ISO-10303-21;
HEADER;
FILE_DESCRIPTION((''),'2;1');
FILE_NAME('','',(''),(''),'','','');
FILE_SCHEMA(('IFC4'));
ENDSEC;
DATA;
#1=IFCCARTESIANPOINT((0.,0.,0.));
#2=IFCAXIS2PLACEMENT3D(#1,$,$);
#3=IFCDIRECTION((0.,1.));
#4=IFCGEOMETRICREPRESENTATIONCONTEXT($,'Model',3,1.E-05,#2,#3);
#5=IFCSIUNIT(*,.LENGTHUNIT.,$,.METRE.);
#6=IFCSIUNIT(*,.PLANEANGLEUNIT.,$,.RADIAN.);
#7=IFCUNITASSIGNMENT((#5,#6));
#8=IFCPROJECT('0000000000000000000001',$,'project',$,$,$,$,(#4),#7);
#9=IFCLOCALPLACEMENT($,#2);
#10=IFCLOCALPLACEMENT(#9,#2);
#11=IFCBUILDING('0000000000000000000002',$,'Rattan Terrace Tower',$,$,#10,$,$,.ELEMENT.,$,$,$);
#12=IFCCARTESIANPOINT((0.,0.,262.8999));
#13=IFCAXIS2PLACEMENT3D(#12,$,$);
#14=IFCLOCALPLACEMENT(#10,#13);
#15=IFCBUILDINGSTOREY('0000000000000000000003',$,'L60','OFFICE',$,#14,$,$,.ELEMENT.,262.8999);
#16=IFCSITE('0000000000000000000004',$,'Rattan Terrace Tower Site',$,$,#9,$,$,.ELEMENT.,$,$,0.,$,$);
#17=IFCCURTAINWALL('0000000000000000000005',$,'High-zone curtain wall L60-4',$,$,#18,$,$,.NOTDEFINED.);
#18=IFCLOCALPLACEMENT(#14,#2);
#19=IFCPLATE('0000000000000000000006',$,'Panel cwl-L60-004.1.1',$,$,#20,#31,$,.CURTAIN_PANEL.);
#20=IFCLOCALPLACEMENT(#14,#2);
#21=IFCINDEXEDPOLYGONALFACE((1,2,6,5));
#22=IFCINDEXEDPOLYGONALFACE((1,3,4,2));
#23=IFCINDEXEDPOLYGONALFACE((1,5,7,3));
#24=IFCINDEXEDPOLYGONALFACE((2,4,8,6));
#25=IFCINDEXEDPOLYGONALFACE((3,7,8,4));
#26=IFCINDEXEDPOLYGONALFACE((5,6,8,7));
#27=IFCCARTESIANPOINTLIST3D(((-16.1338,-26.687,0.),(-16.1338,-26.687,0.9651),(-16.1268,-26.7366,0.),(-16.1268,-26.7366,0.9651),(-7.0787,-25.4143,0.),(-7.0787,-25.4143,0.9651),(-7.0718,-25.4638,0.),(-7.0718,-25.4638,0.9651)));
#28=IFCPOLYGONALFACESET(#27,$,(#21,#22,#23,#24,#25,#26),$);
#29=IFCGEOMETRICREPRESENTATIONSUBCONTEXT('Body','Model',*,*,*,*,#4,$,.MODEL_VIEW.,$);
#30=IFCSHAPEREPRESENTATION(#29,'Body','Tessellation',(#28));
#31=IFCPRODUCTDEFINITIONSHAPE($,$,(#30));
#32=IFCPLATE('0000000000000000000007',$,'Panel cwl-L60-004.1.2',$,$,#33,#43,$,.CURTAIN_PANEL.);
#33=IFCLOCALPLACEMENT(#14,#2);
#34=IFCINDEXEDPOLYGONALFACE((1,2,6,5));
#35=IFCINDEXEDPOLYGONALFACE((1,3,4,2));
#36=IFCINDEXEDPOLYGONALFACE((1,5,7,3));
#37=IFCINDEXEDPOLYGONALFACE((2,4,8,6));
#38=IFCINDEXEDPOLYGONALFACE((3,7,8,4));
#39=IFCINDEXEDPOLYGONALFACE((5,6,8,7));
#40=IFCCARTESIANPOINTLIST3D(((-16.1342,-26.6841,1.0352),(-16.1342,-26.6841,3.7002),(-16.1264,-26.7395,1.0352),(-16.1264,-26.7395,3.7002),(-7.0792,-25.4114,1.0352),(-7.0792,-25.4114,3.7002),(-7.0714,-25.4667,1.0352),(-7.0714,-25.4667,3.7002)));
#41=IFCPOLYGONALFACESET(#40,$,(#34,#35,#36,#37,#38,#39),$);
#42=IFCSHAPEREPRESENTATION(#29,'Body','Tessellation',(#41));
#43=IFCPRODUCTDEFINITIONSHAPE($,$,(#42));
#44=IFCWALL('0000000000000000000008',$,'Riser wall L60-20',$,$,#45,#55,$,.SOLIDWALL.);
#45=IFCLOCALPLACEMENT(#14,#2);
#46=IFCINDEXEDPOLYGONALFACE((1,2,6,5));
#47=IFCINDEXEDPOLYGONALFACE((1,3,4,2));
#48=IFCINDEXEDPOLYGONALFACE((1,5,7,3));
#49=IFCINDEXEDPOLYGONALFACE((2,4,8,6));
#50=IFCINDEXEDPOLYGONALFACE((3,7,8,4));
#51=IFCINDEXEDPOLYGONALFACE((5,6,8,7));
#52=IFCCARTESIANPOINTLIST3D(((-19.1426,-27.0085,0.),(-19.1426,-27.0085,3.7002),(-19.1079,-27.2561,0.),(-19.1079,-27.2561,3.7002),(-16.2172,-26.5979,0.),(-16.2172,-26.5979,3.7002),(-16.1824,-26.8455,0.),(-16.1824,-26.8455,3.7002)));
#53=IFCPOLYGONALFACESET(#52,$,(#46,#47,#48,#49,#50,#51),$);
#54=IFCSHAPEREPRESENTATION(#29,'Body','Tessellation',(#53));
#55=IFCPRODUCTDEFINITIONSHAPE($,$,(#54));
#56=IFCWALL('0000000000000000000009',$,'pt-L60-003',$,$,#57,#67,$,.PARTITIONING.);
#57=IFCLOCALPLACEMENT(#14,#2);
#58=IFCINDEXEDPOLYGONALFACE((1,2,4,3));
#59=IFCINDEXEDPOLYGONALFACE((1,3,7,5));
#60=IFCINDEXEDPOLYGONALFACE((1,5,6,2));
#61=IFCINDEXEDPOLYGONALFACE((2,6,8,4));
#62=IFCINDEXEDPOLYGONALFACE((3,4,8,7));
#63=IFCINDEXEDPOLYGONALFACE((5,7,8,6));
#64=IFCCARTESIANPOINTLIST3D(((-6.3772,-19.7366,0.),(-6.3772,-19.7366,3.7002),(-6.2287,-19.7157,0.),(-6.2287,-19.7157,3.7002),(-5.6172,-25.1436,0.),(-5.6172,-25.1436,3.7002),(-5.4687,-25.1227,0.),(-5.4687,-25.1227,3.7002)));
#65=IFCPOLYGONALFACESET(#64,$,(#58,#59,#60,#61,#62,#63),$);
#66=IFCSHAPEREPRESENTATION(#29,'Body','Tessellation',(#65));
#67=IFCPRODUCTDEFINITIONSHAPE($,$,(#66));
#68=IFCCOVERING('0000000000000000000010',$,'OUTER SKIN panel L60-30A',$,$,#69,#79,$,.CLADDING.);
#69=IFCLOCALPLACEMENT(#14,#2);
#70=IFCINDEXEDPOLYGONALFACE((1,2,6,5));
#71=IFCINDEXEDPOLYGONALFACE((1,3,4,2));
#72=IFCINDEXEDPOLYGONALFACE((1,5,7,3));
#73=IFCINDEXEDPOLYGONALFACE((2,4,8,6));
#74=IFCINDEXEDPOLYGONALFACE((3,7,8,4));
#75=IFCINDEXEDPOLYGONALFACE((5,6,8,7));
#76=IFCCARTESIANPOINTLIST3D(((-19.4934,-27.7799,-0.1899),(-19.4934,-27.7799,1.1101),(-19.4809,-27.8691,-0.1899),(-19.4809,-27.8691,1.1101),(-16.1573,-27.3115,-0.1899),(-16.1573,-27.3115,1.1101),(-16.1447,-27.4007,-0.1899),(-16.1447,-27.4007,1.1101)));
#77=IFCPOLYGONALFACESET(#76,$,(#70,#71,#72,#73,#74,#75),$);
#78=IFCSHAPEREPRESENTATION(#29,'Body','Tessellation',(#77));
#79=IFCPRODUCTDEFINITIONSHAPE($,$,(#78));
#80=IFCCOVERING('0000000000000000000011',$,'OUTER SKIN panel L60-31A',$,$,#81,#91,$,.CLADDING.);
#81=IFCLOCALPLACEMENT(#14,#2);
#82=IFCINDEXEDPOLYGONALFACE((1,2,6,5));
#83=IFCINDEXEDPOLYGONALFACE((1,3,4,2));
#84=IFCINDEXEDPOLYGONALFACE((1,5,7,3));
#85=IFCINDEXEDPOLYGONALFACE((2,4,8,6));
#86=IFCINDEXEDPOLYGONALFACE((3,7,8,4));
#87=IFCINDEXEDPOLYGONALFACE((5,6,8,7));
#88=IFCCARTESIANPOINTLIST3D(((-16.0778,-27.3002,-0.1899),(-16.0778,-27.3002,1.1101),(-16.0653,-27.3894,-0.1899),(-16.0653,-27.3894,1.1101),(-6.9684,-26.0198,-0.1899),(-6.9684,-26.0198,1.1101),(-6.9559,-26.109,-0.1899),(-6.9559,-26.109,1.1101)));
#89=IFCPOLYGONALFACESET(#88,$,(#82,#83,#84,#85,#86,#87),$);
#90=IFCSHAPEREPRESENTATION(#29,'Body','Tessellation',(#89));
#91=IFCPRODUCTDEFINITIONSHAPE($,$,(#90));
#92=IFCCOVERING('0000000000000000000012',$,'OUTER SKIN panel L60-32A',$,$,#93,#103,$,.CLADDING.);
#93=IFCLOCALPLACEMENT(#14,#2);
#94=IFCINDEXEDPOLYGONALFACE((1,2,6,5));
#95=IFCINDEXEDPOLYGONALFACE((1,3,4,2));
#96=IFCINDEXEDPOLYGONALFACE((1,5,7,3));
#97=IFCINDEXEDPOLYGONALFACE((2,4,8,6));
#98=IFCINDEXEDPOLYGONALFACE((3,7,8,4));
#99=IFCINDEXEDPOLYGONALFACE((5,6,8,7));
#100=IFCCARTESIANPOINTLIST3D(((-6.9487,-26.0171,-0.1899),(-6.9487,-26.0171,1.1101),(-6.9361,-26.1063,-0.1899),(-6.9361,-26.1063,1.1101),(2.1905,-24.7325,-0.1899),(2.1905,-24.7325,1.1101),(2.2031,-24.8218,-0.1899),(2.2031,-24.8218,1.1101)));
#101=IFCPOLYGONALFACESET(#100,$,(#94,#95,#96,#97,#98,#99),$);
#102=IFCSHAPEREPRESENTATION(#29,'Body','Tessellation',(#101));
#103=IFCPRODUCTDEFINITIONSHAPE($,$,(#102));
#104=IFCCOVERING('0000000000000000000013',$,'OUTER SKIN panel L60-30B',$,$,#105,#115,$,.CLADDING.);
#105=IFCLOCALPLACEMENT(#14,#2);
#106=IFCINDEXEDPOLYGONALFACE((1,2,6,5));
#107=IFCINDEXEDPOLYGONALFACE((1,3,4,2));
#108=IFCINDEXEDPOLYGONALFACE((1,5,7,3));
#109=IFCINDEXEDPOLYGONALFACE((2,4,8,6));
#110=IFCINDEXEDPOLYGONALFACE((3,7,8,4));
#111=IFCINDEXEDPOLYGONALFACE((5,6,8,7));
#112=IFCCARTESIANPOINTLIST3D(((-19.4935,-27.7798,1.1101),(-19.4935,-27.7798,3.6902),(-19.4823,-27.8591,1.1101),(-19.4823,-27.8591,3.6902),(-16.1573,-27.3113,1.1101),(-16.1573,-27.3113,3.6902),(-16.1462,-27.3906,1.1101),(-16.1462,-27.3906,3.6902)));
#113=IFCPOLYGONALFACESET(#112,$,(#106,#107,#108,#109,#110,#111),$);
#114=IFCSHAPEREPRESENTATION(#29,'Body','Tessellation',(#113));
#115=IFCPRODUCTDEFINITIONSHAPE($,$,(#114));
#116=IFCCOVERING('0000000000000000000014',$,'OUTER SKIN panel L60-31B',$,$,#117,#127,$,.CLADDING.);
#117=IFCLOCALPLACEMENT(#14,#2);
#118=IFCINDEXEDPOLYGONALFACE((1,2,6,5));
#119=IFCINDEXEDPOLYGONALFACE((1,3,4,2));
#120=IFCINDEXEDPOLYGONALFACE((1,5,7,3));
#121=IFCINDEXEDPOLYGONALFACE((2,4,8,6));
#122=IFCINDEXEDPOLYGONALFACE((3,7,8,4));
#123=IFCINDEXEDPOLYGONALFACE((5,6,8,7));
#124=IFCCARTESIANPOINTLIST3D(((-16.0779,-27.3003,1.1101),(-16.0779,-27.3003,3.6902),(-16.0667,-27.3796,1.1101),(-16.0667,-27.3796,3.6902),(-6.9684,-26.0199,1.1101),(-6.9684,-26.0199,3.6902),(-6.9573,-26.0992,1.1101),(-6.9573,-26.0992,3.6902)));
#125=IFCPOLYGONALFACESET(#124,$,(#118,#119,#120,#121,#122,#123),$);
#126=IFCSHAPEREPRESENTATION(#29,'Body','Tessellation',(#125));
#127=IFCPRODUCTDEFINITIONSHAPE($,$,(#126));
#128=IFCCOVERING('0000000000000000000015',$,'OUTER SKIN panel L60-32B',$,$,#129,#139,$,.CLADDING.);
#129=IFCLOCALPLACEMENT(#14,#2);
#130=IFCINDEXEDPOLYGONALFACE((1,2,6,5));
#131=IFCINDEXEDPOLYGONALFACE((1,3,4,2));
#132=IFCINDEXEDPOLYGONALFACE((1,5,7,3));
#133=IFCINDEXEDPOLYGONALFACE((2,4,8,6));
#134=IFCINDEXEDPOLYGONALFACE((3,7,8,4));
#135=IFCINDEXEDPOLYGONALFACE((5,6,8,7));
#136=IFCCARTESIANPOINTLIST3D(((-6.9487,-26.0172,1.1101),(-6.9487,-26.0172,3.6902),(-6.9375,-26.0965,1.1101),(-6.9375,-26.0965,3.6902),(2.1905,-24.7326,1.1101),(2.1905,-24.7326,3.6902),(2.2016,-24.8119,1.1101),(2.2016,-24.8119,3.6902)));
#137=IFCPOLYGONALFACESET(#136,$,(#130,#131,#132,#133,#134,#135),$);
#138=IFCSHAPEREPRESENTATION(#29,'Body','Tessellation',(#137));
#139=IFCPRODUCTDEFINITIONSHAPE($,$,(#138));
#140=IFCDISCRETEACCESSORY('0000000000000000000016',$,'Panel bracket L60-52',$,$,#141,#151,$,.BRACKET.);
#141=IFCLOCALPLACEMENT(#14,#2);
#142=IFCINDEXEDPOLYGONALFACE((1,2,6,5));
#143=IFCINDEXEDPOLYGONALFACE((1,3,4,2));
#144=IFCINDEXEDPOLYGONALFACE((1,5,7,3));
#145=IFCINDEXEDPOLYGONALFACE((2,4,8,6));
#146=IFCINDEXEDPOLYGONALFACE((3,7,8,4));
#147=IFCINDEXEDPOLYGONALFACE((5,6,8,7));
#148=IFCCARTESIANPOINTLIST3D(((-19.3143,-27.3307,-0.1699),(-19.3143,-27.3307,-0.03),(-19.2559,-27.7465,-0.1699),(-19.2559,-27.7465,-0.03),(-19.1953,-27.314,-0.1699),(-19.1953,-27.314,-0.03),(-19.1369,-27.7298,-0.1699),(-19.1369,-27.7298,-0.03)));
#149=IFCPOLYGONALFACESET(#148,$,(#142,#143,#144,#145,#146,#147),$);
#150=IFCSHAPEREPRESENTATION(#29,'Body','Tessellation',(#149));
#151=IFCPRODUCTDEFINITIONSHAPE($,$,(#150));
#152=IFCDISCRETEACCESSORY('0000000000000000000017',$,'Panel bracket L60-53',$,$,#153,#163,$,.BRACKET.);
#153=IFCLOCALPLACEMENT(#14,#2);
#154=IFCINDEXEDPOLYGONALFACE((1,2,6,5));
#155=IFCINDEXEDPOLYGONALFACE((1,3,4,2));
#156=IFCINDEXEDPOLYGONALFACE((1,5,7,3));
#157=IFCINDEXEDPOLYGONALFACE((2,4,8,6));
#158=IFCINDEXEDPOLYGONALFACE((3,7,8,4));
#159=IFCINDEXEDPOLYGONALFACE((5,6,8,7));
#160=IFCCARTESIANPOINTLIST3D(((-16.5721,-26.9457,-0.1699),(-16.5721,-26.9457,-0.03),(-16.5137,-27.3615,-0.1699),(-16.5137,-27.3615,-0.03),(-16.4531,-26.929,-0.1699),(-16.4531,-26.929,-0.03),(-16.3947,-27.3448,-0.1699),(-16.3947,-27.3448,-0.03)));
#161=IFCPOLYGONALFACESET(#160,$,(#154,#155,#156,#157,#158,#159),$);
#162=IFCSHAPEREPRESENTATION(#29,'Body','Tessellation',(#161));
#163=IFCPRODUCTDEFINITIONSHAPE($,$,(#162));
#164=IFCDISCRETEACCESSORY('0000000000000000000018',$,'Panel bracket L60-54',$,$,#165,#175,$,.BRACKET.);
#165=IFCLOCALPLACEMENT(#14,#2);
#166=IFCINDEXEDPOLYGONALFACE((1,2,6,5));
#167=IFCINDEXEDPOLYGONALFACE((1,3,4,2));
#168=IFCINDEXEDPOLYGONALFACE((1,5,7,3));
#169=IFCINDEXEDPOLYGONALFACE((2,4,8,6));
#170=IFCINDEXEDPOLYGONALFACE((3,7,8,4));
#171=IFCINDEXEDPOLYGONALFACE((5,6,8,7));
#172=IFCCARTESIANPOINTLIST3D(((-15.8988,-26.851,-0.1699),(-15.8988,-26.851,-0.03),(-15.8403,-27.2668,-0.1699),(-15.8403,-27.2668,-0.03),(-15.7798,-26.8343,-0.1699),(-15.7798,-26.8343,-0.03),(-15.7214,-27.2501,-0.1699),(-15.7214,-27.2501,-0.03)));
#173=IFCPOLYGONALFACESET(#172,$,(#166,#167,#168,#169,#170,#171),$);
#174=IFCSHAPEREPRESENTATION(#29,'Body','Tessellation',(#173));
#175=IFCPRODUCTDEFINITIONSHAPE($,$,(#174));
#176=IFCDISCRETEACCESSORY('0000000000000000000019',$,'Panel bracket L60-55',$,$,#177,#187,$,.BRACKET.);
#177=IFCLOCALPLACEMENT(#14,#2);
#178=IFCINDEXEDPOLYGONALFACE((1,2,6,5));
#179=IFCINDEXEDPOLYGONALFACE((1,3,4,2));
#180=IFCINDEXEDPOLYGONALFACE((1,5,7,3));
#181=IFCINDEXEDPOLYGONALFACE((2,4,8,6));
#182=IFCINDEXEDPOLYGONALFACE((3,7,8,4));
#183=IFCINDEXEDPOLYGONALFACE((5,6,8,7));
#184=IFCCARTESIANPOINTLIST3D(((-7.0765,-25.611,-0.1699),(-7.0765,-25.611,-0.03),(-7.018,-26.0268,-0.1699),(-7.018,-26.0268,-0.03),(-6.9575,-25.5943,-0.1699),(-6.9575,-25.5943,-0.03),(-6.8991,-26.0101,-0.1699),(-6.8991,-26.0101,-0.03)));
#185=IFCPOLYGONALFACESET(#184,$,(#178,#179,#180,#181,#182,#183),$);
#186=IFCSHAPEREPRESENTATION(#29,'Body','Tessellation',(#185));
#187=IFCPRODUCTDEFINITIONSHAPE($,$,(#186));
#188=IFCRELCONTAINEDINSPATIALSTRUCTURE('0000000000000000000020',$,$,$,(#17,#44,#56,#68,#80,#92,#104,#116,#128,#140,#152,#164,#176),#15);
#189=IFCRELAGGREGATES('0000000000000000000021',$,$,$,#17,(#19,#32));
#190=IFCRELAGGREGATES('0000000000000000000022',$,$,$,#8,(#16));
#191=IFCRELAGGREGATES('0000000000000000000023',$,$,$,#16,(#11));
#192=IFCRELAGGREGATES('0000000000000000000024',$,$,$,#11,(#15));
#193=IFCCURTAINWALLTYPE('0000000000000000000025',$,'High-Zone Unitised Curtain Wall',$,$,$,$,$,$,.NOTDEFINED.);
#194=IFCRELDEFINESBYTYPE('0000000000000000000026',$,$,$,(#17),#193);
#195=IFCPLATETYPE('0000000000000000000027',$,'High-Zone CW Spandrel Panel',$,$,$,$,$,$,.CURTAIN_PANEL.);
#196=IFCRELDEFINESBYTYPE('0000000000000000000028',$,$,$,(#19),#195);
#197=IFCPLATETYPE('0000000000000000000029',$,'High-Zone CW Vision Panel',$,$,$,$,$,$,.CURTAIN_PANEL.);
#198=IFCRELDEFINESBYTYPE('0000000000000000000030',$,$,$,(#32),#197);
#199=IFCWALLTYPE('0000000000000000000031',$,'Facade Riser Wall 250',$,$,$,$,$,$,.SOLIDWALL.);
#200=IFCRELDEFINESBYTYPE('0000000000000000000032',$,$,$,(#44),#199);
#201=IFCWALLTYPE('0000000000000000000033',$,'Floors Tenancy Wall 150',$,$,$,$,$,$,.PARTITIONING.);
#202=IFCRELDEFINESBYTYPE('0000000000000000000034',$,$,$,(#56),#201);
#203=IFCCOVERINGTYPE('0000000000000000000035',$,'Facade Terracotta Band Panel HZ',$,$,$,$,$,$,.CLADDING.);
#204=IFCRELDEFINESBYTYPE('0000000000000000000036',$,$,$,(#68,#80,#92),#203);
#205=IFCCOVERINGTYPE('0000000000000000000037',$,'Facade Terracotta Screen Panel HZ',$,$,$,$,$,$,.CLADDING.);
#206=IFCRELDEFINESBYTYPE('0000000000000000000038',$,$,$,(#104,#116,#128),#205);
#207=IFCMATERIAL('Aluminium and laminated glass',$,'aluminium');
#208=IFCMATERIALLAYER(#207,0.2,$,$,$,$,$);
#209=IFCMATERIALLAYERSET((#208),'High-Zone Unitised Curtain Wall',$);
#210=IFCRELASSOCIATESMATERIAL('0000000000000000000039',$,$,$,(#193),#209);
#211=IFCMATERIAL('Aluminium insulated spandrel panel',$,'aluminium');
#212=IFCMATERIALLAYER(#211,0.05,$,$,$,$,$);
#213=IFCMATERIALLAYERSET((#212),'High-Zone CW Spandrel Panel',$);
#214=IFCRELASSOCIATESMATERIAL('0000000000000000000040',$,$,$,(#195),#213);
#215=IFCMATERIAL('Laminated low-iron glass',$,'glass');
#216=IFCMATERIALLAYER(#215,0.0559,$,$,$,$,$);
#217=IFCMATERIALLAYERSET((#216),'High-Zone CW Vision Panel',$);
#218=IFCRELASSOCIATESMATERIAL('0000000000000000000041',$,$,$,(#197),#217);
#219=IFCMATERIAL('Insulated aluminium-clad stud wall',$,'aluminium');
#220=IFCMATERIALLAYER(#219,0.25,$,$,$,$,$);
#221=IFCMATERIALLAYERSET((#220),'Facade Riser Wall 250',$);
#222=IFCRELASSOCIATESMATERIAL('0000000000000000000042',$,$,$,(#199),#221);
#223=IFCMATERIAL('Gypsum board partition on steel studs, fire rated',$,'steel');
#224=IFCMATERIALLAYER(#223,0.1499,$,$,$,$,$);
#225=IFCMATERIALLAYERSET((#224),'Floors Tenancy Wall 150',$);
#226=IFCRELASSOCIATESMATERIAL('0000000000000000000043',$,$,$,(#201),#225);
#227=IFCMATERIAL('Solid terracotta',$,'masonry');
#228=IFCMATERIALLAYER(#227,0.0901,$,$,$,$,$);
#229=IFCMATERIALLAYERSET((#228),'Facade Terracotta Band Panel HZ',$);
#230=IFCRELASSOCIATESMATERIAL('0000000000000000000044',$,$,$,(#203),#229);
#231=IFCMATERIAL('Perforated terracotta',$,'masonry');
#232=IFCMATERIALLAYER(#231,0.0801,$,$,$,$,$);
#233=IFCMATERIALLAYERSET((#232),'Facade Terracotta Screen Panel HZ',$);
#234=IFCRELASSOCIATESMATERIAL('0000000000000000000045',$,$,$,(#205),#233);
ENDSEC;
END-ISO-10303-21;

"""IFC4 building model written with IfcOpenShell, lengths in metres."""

from ifc_helpers import new_model, si_unit, direction, frame, frame_2d, origin, origin_2d, place, context, subcontext, project, spatial, rectangle, extrude, material, layer, layer_set, type_object, element, aggregate, save


model = new_model("IFC4")

# Units and contexts
model_context = context("Model", 3, precision=1e-05, world=origin(), true_north=direction((0.0, 1.0)))
body_context = subcontext(model_context, "Body", "Model", "MODEL_VIEW")
ifc_project = project(units=[si_unit("LENGTHUNIT", "METRE"), si_unit("PLANEANGLEUNIT", "RADIAN")], contexts=[model_context])

# Site, building, storey
site_placement = place(None, origin())
site = spatial("IfcSite", under=ifc_project, at=site_placement, Name="Rattan Terrace Tower Site", CompositionType="ELEMENT", RefElevation=0.0)
building_placement = place(site_placement, origin())
building = spatial("IfcBuilding", under=site, at=building_placement, Name="Rattan Terrace Tower", CompositionType="ELEMENT")
storey_placement = place(building_placement, frame((0.0, 0.0, 262.8999)))
storey = spatial("IfcBuildingStorey", under=building, at=storey_placement, Name="L60", Description="OFFICE", CompositionType="ELEMENT", Elevation=262.8999)

# Curtain wall, plates
ifc_material_1 = material(Name="Aluminium and laminated glass", Category="aluminium")
ifc_layer_1 = layer(ifc_material_1, 0.2)
ifc_layer_set_1 = layer_set([ifc_layer_1], Name="High-Zone Unitised Curtain Wall")
curtain_wall_type = type_object("IfcCurtainWallType", Name="High-Zone Unitised Curtain Wall", PredefinedType="NOTDEFINED", material=ifc_layer_set_1)
curtain_wall_placement = place(storey_placement, origin())
curtain_wall = element("IfcCurtainWall", 1, at=curtain_wall_placement, inside=storey, type_object=curtain_wall_type, Name="High-zone curtain wall L60-4", PredefinedType="NOTDEFINED")
ifc_material_2 = material(Name="Aluminium insulated spandrel panel", Category="aluminium")
ifc_layer_2 = layer(ifc_material_2, 0.05)
ifc_layer_set_2 = layer_set([ifc_layer_2], Name="High-Zone CW Spandrel Panel")
plate_type_1 = type_object("IfcPlateType", Name="High-Zone CW Spandrel Panel", PredefinedType="CURTAIN_PANEL", material=ifc_layer_set_2)
plate_1_placement = place(storey_placement, frame((-11.6028, -26.0754, 0.0), z_axis=(0.0, 0.0, 1.0), x_axis=(0.990266, 0.139189, 0.0)))
plate_1 = element("IfcPlate", 2, at=plate_1_placement, type_object=plate_type_1, Name="Panel cwl-L60-004.1.1", PredefinedType="CURTAIN_PANEL", context=body_context, shape_type="SweptSolid", body=[
    extrude(rectangle(XDim=9.144, YDim=0.05, at=origin_2d()), origin(), (0.0, 0.0, 1.0), 0.9651),
])
ifc_material_3 = material(Name="Laminated low-iron glass", Category="glass")
ifc_layer_3 = layer(ifc_material_3, 0.0559)
ifc_layer_set_3 = layer_set([ifc_layer_3], Name="High-Zone CW Vision Panel")
plate_type_2 = type_object("IfcPlateType", Name="High-Zone CW Vision Panel", PredefinedType="CURTAIN_PANEL", material=ifc_layer_set_3)
plate_2_placement = place(storey_placement, frame((-11.6028, -26.0754, 1.0352), z_axis=(0.0, 0.0, 1.0), x_axis=(0.990266, 0.139189, 0.0)))
plate_2 = element("IfcPlate", 3, at=plate_2_placement, type_object=plate_type_2, Name="Panel cwl-L60-004.1.2", PredefinedType="CURTAIN_PANEL", context=body_context, shape_type="SweptSolid", body=[
    extrude(rectangle(XDim=9.144, YDim=0.0559, at=origin_2d()), origin(), (0.0, 0.0, 1.0), 2.665),
])
aggregate(curtain_wall, [plate_1, plate_2])

# Walls
ifc_material_4 = material(Name="Insulated aluminium-clad stud wall", Category="aluminium")
ifc_layer_4 = layer(ifc_material_4, 0.25)
ifc_layer_set_4 = layer_set([ifc_layer_4], Name="Facade Riser Wall 250")
wall_type_1 = type_object("IfcWallType", Name="Facade Riser Wall 250", PredefinedType="SOLIDWALL", material=ifc_layer_set_4)
wall_1_placement = place(storey_placement, frame((-19.1252, -27.1323, 0.0), z_axis=(0.0, 0.0, 1.0), x_axis=(0.990292, 0.139003, 0.0)))
element("IfcWall", 4, at=wall_1_placement, inside=storey, type_object=wall_type_1, Name="Riser wall L60-20", PredefinedType="SOLIDWALL", context=body_context, shape_type="SweptSolid", body=[
    extrude(rectangle(XDim=2.9541, YDim=0.25, at=frame_2d((1.4771, 0.0))), origin(), (0.0, 0.0, 1.0), 3.7002),
])
ifc_material_5 = material(Name="Gypsum board partition on steel studs, fire rated", Category="steel")
ifc_layer_5 = layer(ifc_material_5, 0.1499)
ifc_layer_set_5 = layer_set([ifc_layer_5], Name="Floors Tenancy Wall 150")
wall_type_2 = type_object("IfcWallType", Name="Floors Tenancy Wall 150", PredefinedType="PARTITIONING", material=ifc_layer_set_5)
wall_2_placement = place(storey_placement, frame((-5.543, -25.1331, 0.0), z_axis=(0.0, 0.0, 1.0), x_axis=(-0.139192, 0.990265, 0.0)))
element("IfcWall", 5, at=wall_2_placement, inside=storey, type_object=wall_type_2, Name="pt-L60-003", PredefinedType="PARTITIONING", context=body_context, shape_type="SweptSolid", body=[
    extrude(rectangle(XDim=5.4602, YDim=0.1499, at=frame_2d((2.73, 0.0))), origin(), (0.0, 0.0, 1.0), 3.7002),
])

# Coverings
ifc_material_6 = material(Name="Solid terracotta", Category="masonry")
ifc_layer_6 = layer(ifc_material_6, 0.0901)
ifc_layer_set_6 = layer_set([ifc_layer_6], Name="Facade Terracotta Band Panel HZ")
covering_type_1 = type_object("IfcCoveringType", Name="Facade Terracotta Band Panel HZ", PredefinedType="CLADDING", material=ifc_layer_set_6)
covering_1_placement = place(storey_placement, frame((-17.8191, -27.5903, -0.1899), z_axis=(0.0, 0.0, 1.0), x_axis=(0.990287, 0.13904, 0.0)))
element("IfcCovering", 6, at=covering_1_placement, inside=storey, type_object=covering_type_1, Name="OUTER SKIN panel L60-30A", PredefinedType="CLADDING", context=body_context, shape_type="SweptSolid", body=[
    extrude(rectangle(XDim=3.3689, YDim=0.0901, at=origin_2d()), origin(), (0.0, 0.0, 1.0), 1.3),
])
covering_2_placement = place(storey_placement, frame((-11.5168, -26.7046, -0.1899), z_axis=(0.0, 0.0, 1.0), x_axis=(0.990266, 0.139189, 0.0)))
element("IfcCovering", 7, at=covering_2_placement, inside=storey, type_object=covering_type_1, Name="OUTER SKIN panel L60-31A", PredefinedType="CLADDING", context=body_context, shape_type="SweptSolid", body=[
    extrude(rectangle(XDim=9.199, YDim=0.0901, at=origin_2d()), origin(), (0.0, 0.0, 1.0), 1.3),
])
covering_3_placement = place(storey_placement, frame((-2.3728, -25.4194, -0.1899), z_axis=(0.0, 0.0, 1.0), x_axis=(0.990266, 0.139189, 0.0)))
element("IfcCovering", 8, at=covering_3_placement, inside=storey, type_object=covering_type_1, Name="OUTER SKIN panel L60-32A", PredefinedType="CLADDING", context=body_context, shape_type="SweptSolid", body=[
    extrude(rectangle(XDim=9.229, YDim=0.0901, at=origin_2d()), origin(), (0.0, 0.0, 1.0), 1.3),
])
ifc_material_7 = material(Name="Perforated terracotta", Category="masonry")
ifc_layer_7 = layer(ifc_material_7, 0.0801)
ifc_layer_set_7 = layer_set([ifc_layer_7], Name="Facade Terracotta Screen Panel HZ")
covering_type_2 = type_object("IfcCoveringType", Name="Facade Terracotta Screen Panel HZ", PredefinedType="CLADDING", material=ifc_layer_set_7)
covering_4_placement = place(storey_placement, frame((-17.8198, -27.5852, 1.1101), z_axis=(0.0, 0.0, 1.0), x_axis=(0.990287, 0.13904, 0.0)))
element("IfcCovering", 9, at=covering_4_placement, inside=storey, type_object=covering_type_2, Name="OUTER SKIN panel L60-30B", PredefinedType="CLADDING", context=body_context, shape_type="SweptSolid", body=[
    extrude(rectangle(XDim=3.3689, YDim=0.0801, at=origin_2d()), origin(), (0.0, 0.0, 1.0), 2.5801),
])
covering_5_placement = place(storey_placement, frame((-11.5176, -26.6997, 1.1101), z_axis=(0.0, 0.0, 1.0), x_axis=(0.990266, 0.139189, 0.0)))
element("IfcCovering", 10, at=covering_5_placement, inside=storey, type_object=covering_type_2, Name="OUTER SKIN panel L60-31B", PredefinedType="CLADDING", context=body_context, shape_type="SweptSolid", body=[
    extrude(rectangle(XDim=9.199, YDim=0.0801, at=origin_2d()), origin(), (0.0, 0.0, 1.0), 2.5801),
])
covering_6_placement = place(storey_placement, frame((-2.3735, -25.4146, 1.1101), z_axis=(0.0, 0.0, 1.0), x_axis=(0.990266, 0.139189, 0.0)))
element("IfcCovering", 11, at=covering_6_placement, inside=storey, type_object=covering_type_2, Name="OUTER SKIN panel L60-32B", PredefinedType="CLADDING", context=body_context, shape_type="SweptSolid", body=[
    extrude(rectangle(XDim=9.229, YDim=0.0801, at=origin_2d()), origin(), (0.0, 0.0, 1.0), 2.5801),
])

# Discrete accessories
for number, where, z_axis, x_axis, name in (
    (12, (-19.2256, -27.5303, -0.1699), (0.0, 0.0, 1.0), (0.990287, 0.13904, 0.0), "Panel bracket L60-52"),
    (13, (-16.4834, -27.1453, -0.1699), (0.0, 0.0, 1.0), (0.990287, 0.13904, 0.0), "Panel bracket L60-53"),
    (14, (-15.8101, -27.0505, -0.1699), (0.0, 0.0, 1.0), (0.990266, 0.139189, 0.0), "Panel bracket L60-54"),
    (15, (-6.9878, -25.8105, -0.1699), (0.0, 0.0, 1.0), (0.990266, 0.139189, 0.0), "Panel bracket L60-55"),
):
    element("IfcDiscreteAccessory", number, at=place(storey_placement, frame(where, z_axis=z_axis, x_axis=x_axis)), inside=storey, Name=name, PredefinedType="BRACKET", context=body_context, shape_type="SweptSolid", body=[
        extrude(rectangle(XDim=0.1201, YDim=0.4199, at=origin_2d()), origin(), (0.0, 0.0, 1.0), 0.1399),
    ])

save(model, "model.ifc")
